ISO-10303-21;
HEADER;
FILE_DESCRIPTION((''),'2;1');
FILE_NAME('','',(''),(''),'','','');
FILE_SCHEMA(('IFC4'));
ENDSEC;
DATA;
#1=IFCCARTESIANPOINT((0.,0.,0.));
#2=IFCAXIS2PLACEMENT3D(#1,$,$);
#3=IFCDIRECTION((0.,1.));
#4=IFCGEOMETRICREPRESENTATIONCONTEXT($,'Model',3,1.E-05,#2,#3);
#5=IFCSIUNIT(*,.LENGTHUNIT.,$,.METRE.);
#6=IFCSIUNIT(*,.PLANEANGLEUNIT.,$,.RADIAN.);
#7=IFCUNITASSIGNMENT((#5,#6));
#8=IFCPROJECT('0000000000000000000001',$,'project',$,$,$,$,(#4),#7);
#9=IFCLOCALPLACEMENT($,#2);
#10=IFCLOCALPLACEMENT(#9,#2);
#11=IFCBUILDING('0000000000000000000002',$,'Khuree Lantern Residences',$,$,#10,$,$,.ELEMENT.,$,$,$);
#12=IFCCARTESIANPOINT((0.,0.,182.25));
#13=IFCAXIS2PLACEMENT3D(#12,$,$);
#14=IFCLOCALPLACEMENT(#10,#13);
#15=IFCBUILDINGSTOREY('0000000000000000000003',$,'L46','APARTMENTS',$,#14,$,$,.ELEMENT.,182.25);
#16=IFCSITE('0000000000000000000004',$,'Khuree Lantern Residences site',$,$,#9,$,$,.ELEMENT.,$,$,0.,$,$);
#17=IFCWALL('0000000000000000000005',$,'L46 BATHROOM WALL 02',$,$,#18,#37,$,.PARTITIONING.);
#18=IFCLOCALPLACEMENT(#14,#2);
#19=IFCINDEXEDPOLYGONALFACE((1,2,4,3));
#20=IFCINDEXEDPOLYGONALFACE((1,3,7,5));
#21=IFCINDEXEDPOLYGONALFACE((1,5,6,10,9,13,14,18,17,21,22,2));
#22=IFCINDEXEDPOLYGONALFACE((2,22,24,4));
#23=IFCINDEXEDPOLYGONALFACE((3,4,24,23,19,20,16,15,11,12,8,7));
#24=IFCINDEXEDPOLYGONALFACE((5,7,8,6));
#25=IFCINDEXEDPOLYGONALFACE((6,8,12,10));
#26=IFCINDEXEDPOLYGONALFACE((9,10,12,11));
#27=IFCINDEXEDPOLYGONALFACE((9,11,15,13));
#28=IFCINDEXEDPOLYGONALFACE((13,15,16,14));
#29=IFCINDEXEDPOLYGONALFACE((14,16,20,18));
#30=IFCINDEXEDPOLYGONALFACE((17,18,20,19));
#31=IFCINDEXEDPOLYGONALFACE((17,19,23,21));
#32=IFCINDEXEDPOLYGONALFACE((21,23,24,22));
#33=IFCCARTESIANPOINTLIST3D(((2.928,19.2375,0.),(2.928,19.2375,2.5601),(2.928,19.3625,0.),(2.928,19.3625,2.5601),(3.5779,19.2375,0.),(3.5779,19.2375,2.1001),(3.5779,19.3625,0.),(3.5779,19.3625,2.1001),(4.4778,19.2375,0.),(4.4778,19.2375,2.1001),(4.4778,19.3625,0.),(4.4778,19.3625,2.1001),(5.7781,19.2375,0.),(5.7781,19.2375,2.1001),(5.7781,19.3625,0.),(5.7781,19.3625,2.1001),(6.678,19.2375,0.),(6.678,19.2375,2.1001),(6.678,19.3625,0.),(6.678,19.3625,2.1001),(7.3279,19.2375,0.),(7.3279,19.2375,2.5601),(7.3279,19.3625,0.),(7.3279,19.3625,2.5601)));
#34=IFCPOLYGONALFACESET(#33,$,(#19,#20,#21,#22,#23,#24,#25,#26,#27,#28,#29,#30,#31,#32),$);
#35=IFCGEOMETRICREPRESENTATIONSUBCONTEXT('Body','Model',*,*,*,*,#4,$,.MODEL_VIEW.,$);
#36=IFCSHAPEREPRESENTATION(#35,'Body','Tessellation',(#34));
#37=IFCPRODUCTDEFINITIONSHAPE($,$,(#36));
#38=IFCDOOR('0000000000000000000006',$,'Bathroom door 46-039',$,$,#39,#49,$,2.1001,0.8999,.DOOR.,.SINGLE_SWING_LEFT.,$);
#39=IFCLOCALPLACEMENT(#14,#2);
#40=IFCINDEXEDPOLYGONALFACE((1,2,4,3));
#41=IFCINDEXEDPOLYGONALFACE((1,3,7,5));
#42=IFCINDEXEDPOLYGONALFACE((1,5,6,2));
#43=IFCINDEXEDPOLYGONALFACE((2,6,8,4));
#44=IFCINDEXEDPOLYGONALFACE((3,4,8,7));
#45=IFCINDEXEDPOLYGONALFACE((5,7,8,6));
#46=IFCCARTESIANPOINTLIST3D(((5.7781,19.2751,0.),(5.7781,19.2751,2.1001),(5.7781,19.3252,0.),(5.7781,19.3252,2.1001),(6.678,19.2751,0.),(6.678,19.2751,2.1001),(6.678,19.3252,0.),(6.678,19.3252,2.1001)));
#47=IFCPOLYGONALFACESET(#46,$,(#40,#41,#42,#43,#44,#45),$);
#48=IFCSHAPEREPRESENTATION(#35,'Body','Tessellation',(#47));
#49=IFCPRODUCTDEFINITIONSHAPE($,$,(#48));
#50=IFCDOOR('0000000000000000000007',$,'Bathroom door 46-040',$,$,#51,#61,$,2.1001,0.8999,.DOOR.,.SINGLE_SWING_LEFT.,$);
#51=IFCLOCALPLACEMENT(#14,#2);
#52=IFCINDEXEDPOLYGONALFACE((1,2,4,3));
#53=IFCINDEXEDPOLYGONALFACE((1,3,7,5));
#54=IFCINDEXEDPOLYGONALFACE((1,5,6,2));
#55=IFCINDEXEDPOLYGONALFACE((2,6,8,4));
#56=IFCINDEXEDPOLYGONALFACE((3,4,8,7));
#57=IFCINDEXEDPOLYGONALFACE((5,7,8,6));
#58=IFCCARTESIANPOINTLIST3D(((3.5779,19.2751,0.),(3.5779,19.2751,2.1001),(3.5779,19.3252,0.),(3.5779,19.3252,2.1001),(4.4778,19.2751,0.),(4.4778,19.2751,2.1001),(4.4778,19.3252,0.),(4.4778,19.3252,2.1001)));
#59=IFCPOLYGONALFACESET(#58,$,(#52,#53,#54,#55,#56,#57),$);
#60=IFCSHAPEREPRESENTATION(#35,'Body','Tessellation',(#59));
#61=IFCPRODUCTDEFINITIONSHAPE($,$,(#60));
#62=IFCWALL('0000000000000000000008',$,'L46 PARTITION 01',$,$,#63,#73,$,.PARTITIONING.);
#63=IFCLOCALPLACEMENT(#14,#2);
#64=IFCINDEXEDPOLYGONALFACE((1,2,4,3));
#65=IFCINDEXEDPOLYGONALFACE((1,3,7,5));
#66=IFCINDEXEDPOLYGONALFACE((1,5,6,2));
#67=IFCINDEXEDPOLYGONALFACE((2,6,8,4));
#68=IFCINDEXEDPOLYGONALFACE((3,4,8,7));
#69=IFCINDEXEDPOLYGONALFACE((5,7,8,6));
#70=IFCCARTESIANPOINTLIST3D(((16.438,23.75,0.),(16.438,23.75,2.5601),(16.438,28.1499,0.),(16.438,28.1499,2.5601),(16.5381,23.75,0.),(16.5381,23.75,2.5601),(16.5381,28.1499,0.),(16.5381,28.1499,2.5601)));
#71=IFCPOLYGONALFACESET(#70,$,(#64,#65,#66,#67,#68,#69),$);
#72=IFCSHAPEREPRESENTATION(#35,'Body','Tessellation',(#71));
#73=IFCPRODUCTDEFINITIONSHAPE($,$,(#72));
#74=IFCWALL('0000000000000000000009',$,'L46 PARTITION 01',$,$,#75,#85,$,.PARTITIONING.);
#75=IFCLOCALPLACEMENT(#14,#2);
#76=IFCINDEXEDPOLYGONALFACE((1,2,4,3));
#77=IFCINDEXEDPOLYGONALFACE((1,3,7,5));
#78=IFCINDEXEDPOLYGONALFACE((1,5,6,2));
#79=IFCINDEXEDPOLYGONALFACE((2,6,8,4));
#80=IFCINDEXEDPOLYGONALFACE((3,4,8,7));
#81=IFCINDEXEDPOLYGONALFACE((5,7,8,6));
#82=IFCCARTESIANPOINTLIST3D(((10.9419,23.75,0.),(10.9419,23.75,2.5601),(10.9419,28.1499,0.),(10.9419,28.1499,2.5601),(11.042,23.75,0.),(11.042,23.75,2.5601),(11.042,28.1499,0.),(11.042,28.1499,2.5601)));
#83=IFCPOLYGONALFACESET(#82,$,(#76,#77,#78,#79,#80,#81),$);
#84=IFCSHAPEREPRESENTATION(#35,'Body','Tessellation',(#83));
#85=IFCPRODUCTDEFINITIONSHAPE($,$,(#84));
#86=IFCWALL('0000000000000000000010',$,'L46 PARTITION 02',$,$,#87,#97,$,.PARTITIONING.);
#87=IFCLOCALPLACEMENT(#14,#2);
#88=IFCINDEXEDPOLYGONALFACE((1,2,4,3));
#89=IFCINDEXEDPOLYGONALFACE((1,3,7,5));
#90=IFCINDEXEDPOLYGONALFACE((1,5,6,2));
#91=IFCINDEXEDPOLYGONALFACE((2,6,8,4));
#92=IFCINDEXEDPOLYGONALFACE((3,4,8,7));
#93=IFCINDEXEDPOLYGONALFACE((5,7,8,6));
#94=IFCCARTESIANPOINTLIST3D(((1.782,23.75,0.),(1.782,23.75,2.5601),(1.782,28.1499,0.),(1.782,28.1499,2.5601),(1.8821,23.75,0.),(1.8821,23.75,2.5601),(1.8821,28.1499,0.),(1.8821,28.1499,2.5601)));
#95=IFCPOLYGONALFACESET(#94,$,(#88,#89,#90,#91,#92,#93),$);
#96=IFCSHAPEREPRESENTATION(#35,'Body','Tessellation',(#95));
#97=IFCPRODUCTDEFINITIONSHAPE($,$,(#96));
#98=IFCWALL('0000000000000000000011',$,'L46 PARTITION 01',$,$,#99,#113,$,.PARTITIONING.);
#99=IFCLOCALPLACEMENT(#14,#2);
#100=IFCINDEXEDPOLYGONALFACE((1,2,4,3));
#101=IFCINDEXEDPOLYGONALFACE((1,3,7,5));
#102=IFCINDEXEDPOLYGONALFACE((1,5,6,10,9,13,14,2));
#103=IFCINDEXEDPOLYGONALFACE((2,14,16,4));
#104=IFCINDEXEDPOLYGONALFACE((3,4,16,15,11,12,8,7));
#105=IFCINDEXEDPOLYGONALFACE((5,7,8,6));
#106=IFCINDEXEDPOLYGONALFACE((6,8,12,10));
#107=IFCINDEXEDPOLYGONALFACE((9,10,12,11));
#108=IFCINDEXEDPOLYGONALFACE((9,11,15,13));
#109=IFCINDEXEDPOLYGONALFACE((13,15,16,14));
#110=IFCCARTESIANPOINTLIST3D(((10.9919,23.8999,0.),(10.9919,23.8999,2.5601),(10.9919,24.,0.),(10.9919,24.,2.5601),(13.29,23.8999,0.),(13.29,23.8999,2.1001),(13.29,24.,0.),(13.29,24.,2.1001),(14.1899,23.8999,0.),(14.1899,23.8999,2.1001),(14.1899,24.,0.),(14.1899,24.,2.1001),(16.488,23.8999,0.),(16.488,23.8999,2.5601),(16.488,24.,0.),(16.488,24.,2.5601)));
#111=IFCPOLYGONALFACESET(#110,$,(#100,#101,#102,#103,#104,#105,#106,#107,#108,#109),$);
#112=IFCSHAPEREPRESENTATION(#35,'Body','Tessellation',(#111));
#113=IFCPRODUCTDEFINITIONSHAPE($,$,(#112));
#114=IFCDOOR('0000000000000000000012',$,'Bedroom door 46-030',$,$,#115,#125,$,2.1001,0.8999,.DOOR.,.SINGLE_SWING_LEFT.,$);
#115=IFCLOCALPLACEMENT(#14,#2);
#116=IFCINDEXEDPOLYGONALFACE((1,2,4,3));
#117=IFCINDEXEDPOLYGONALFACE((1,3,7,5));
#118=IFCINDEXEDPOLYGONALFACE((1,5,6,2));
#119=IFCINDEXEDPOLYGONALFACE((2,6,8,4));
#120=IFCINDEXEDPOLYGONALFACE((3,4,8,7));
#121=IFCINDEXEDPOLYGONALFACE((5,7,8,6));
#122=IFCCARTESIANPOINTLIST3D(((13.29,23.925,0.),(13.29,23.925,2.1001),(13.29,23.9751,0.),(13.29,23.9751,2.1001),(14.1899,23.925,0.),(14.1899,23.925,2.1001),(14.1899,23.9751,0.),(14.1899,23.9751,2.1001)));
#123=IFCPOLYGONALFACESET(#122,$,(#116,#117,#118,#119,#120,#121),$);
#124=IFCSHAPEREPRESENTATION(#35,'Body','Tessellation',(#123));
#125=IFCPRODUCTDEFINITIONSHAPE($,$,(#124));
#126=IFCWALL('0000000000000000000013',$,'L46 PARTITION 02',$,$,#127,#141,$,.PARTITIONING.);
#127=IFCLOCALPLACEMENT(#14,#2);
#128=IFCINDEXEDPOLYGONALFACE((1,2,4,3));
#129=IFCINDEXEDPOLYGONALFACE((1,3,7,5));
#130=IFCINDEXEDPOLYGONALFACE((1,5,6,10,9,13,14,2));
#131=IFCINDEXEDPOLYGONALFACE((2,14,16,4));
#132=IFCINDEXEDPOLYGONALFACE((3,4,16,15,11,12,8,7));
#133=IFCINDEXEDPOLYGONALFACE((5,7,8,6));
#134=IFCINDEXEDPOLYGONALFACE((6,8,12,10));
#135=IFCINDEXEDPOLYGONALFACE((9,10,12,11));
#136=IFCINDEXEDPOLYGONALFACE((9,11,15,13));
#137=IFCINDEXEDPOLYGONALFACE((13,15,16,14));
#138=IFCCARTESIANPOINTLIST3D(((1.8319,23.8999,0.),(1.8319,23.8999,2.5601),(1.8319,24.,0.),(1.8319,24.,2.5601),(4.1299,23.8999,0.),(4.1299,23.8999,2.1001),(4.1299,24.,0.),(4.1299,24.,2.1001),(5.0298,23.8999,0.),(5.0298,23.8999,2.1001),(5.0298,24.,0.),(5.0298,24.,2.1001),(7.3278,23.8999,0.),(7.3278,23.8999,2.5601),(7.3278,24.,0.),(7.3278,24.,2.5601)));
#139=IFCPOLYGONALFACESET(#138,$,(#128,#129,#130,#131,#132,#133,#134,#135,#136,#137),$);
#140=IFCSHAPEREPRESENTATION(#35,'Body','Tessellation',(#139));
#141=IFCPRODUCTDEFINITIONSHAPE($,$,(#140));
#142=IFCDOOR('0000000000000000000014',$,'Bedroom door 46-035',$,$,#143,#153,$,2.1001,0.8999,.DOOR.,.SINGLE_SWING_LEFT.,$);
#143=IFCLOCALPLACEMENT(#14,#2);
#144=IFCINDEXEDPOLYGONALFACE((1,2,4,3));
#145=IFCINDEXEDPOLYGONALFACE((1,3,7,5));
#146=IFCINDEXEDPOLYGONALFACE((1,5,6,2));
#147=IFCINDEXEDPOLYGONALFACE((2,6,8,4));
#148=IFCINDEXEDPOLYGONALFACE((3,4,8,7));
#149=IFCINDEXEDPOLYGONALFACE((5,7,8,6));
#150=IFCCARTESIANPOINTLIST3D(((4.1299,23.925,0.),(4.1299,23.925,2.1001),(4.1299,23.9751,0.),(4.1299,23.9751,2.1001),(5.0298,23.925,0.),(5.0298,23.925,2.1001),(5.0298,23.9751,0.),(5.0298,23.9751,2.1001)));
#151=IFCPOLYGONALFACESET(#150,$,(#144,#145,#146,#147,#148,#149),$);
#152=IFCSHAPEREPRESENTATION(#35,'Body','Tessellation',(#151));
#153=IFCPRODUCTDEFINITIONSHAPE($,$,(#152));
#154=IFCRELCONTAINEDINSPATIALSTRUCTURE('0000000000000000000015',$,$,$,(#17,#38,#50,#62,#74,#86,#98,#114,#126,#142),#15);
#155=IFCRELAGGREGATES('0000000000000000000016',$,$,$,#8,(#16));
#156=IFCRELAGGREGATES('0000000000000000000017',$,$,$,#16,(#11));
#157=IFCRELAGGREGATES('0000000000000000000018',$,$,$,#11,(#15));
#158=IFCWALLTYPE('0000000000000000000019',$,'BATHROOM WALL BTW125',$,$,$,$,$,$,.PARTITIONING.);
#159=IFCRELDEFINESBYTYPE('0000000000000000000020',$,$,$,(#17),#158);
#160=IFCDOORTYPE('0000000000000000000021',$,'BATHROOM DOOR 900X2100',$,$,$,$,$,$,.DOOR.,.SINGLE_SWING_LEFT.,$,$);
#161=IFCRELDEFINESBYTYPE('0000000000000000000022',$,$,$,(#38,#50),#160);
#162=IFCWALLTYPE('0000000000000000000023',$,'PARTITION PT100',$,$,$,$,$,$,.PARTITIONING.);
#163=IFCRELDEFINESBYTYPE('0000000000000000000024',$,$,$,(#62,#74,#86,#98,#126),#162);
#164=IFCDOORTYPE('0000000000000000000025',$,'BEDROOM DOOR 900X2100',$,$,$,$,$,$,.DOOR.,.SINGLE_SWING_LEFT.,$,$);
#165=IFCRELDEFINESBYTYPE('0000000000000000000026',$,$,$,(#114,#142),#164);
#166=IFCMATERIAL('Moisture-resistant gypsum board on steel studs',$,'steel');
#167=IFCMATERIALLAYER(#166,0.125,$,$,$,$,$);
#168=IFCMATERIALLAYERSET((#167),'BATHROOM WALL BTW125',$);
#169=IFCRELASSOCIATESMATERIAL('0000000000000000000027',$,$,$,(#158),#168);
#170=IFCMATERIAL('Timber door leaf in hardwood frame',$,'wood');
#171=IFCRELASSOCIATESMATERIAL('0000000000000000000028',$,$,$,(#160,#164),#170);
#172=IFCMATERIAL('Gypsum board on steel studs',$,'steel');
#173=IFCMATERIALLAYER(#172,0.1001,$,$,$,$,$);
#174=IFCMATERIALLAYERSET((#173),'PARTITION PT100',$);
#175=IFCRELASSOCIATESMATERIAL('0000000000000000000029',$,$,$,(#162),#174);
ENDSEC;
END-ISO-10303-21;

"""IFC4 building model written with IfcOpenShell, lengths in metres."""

from ifc_helpers import new_model, si_unit, direction, frame, frame_2d, origin, place, context, subcontext, project, spatial, rectangle, extrude, material, layer, layer_set, type_object, element, fill, save


model = new_model("IFC4")

# Units and contexts
model_context = context("Model", 3, precision=1e-05, world=origin(), true_north=direction((0.0, 1.0)))
body_context = subcontext(model_context, "Body", "Model", "MODEL_VIEW")
ifc_project = project(units=[si_unit("LENGTHUNIT", "METRE"), si_unit("PLANEANGLEUNIT", "RADIAN")], contexts=[model_context])

# Site, building, storey
site_placement = place(None, origin())
site = spatial("IfcSite", under=ifc_project, at=site_placement, Name="Khuree Lantern Residences site", CompositionType="ELEMENT", RefElevation=0.0)
building_placement = place(site_placement, origin())
building = spatial("IfcBuilding", under=site, at=building_placement, Name="Khuree Lantern Residences", CompositionType="ELEMENT")
storey_placement = place(building_placement, frame((0.0, 0.0, 182.25)))
storey = spatial("IfcBuildingStorey", under=building, at=storey_placement, Name="L46", Description="APARTMENTS", CompositionType="ELEMENT", Elevation=182.25)

# Wall, openings, doors
ifc_material_1 = material(Name="Moisture-resistant gypsum board on steel studs", Category="steel")
ifc_layer_1 = layer(ifc_material_1, 0.125)
ifc_layer_set_1 = layer_set([ifc_layer_1], Name="BATHROOM WALL BTW125")
wall_type_1 = type_object("IfcWallType", Name="BATHROOM WALL BTW125", PredefinedType="PARTITIONING", material=ifc_layer_set_1)
wall_1_placement = place(storey_placement, frame((7.3279, 19.3, 0.0), z_axis=(0.0, 0.0, 1.0), x_axis=(-1.0, 0.0, 0.0)))
wall_1 = element("IfcWall", 1, at=wall_1_placement, inside=storey, type_object=wall_type_1, Name="L46 BATHROOM WALL 02", PredefinedType="PARTITIONING", context=body_context, shape_type="SweptSolid", body=[
    extrude(rectangle(XDim=4.3999, YDim=0.125, at=frame_2d((2.2, 0.0))), origin(), (0.0, 0.0, 1.0), 2.5601),
])
opening_1_placement = place(wall_1_placement, frame((0.6499, 0.0, 0.0)))
opening_1 = element("IfcOpeningElement", 2, at=opening_1_placement, cuts=wall_1, PredefinedType="OPENING", context=body_context, shape_type="SweptSolid", body=[
    extrude(rectangle(XDim=0.8999, YDim=2.1001, at=frame_2d((0.45, 1.05))), frame((0.0, 0.0725, 0.0), z_axis=(0.0, -1.0, 0.0), x_axis=(1.0, 0.0, 0.0)), (0.0, 0.0, 1.0), 0.145),
])
opening_2_placement = place(wall_1_placement, frame((2.8501, 0.0, 0.0)))
opening_2 = element("IfcOpeningElement", 3, at=opening_2_placement, cuts=wall_1, PredefinedType="OPENING", context=body_context, shape_type="SweptSolid", body=[
    extrude(rectangle(XDim=0.8999, YDim=2.1001, at=frame_2d((0.45, 1.05))), frame((0.0, 0.0725, 0.0), z_axis=(0.0, -1.0, 0.0), x_axis=(1.0, 0.0, 0.0)), (0.0, 0.0, 1.0), 0.145),
])
ifc_material_2 = material(Name="Timber door leaf in hardwood frame", Category="wood")
door_type_1 = type_object("IfcDoorType", Name="BATHROOM DOOR 900X2100", OperationType="SINGLE_SWING_LEFT", PredefinedType="DOOR", material=ifc_material_2)
door_1_placement = place(opening_1_placement, origin())
door_1 = element("IfcDoor", 4, at=door_1_placement, inside=storey, type_object=door_type_1, Name="Bathroom door 46-039", OperationType="SINGLE_SWING_LEFT", OverallHeight=2.1001, OverallWidth=0.8999, PredefinedType="DOOR", context=body_context, shape_type="SweptSolid", body=[
    extrude(rectangle(XDim=0.8999, YDim=2.1001, at=frame_2d((0.45, 1.05))), frame((0.0, 0.0249, 0.0), z_axis=(0.0, -1.0, 0.0), x_axis=(1.0, 0.0, 0.0)), (0.0, 0.0, 1.0), 0.05),
])
fill(opening_1, door_1)
door_2_placement = place(opening_2_placement, origin())
door_2 = element("IfcDoor", 5, at=door_2_placement, inside=storey, type_object=door_type_1, Name="Bathroom door 46-040", OperationType="SINGLE_SWING_LEFT", OverallHeight=2.1001, OverallWidth=0.8999, PredefinedType="DOOR", context=body_context, shape_type="SweptSolid", body=[
    extrude(rectangle(XDim=0.8999, YDim=2.1001, at=frame_2d((0.45, 1.05))), frame((0.0, 0.0249, 0.0), z_axis=(0.0, -1.0, 0.0), x_axis=(1.0, 0.0, 0.0)), (0.0, 0.0, 1.0), 0.05),
])
fill(opening_2, door_2)

# Walls
ifc_material_3 = material(Name="Gypsum board on steel studs", Category="steel")
ifc_layer_2 = layer(ifc_material_3, 0.1001)
ifc_layer_set_2 = layer_set([ifc_layer_2], Name="PARTITION PT100")
wall_type_2 = type_object("IfcWallType", Name="PARTITION PT100", PredefinedType="PARTITIONING", material=ifc_layer_set_2)
for number, where, z_axis, x_axis, name in (
    (6, (16.488, 23.75, 0.0), (0.0, 0.0, 1.0), (0.0, 1.0, 0.0), "L46 PARTITION 01"),
    (7, (10.9919, 23.75, 0.0), (0.0, 0.0, 1.0), (0.0, 1.0, 0.0), "L46 PARTITION 01"),
    (8, (1.832, 23.75, 0.0), (0.0, 0.0, 1.0), (0.0, 1.0, 0.0), "L46 PARTITION 02"),
):
    element("IfcWall", number, at=place(storey_placement, frame(where, z_axis=z_axis, x_axis=x_axis)), inside=storey, type_object=wall_type_2, Name=name, PredefinedType="PARTITIONING", context=body_context, shape_type="SweptSolid", body=[
        extrude(rectangle(XDim=4.3999, YDim=0.1001, at=frame_2d((2.2, 0.0))), origin(), (0.0, 0.0, 1.0), 2.5601),
    ])

# Walls, openings, doors
wall_2_placement = place(storey_placement, frame((16.488, 23.95, 0.0), z_axis=(0.0, 0.0, 1.0), x_axis=(-1.0, 0.0, 0.0)))
wall_2 = element("IfcWall", 9, at=wall_2_placement, inside=storey, type_object=wall_type_2, Name="L46 PARTITION 01", PredefinedType="PARTITIONING", context=body_context, shape_type="SweptSolid", body=[
    extrude(rectangle(XDim=5.4961, YDim=0.1001, at=frame_2d((2.748, 0.0))), origin(), (0.0, 0.0, 1.0), 2.5601),
])
opening_3_placement = place(wall_2_placement, frame((2.2981, 0.0, 0.0)))
opening_3 = element("IfcOpeningElement", 10, at=opening_3_placement, cuts=wall_2, PredefinedType="OPENING", context=body_context, shape_type="SweptSolid", body=[
    extrude(rectangle(XDim=0.8999, YDim=2.1001, at=frame_2d((0.45, 1.05))), frame((0.0, 0.0601, 0.0), z_axis=(0.0, -1.0, 0.0), x_axis=(1.0, 0.0, 0.0)), (0.0, 0.0, 1.0), 0.1201),
])
door_type_2 = type_object("IfcDoorType", Name="BEDROOM DOOR 900X2100", OperationType="SINGLE_SWING_LEFT", PredefinedType="DOOR", material=ifc_material_2)
door_3_placement = place(opening_3_placement, origin())
door_3 = element("IfcDoor", 11, at=door_3_placement, inside=storey, type_object=door_type_2, Name="Bedroom door 46-030", OperationType="SINGLE_SWING_LEFT", OverallHeight=2.1001, OverallWidth=0.8999, PredefinedType="DOOR", context=body_context, shape_type="SweptSolid", body=[
    extrude(rectangle(XDim=0.8999, YDim=2.1001, at=frame_2d((0.45, 1.05))), frame((0.0, 0.0249, 0.0), z_axis=(0.0, -1.0, 0.0), x_axis=(1.0, 0.0, 0.0)), (0.0, 0.0, 1.0), 0.05),
])
fill(opening_3, door_3)
wall_3_placement = place(storey_placement, frame((7.3279, 23.95, 0.0), z_axis=(0.0, 0.0, 1.0), x_axis=(-1.0, 0.0, 0.0)))
wall_3 = element("IfcWall", 12, at=wall_3_placement, inside=storey, type_object=wall_type_2, Name="L46 PARTITION 02", PredefinedType="PARTITIONING", context=body_context, shape_type="SweptSolid", body=[
    extrude(rectangle(XDim=5.4958, YDim=0.1001, at=frame_2d((2.748, 0.0))), origin(), (0.0, 0.0, 1.0), 2.5601),
])
opening_4_placement = place(wall_3_placement, frame((2.2981, 0.0, 0.0)))
opening_4 = element("IfcOpeningElement", 13, at=opening_4_placement, cuts=wall_3, PredefinedType="OPENING", context=body_context, shape_type="SweptSolid", body=[
    extrude(rectangle(XDim=0.8999, YDim=2.1001, at=frame_2d((0.45, 1.05))), frame((0.0, 0.0601, 0.0), z_axis=(0.0, -1.0, 0.0), x_axis=(1.0, 0.0, 0.0)), (0.0, 0.0, 1.0), 0.1201),
])
door_4_placement = place(opening_4_placement, origin())
door_4 = element("IfcDoor", 14, at=door_4_placement, inside=storey, type_object=door_type_2, Name="Bedroom door 46-035", OperationType="SINGLE_SWING_LEFT", OverallHeight=2.1001, OverallWidth=0.8999, PredefinedType="DOOR", context=body_context, shape_type="SweptSolid", body=[
    extrude(rectangle(XDim=0.8999, YDim=2.1001, at=frame_2d((0.45, 1.05))), frame((0.0, 0.0249, 0.0), z_axis=(0.0, -1.0, 0.0), x_axis=(1.0, 0.0, 0.0)), (0.0, 0.0, 1.0), 0.05),
])
fill(opening_4, door_4)

save(model, "model.ifc")
